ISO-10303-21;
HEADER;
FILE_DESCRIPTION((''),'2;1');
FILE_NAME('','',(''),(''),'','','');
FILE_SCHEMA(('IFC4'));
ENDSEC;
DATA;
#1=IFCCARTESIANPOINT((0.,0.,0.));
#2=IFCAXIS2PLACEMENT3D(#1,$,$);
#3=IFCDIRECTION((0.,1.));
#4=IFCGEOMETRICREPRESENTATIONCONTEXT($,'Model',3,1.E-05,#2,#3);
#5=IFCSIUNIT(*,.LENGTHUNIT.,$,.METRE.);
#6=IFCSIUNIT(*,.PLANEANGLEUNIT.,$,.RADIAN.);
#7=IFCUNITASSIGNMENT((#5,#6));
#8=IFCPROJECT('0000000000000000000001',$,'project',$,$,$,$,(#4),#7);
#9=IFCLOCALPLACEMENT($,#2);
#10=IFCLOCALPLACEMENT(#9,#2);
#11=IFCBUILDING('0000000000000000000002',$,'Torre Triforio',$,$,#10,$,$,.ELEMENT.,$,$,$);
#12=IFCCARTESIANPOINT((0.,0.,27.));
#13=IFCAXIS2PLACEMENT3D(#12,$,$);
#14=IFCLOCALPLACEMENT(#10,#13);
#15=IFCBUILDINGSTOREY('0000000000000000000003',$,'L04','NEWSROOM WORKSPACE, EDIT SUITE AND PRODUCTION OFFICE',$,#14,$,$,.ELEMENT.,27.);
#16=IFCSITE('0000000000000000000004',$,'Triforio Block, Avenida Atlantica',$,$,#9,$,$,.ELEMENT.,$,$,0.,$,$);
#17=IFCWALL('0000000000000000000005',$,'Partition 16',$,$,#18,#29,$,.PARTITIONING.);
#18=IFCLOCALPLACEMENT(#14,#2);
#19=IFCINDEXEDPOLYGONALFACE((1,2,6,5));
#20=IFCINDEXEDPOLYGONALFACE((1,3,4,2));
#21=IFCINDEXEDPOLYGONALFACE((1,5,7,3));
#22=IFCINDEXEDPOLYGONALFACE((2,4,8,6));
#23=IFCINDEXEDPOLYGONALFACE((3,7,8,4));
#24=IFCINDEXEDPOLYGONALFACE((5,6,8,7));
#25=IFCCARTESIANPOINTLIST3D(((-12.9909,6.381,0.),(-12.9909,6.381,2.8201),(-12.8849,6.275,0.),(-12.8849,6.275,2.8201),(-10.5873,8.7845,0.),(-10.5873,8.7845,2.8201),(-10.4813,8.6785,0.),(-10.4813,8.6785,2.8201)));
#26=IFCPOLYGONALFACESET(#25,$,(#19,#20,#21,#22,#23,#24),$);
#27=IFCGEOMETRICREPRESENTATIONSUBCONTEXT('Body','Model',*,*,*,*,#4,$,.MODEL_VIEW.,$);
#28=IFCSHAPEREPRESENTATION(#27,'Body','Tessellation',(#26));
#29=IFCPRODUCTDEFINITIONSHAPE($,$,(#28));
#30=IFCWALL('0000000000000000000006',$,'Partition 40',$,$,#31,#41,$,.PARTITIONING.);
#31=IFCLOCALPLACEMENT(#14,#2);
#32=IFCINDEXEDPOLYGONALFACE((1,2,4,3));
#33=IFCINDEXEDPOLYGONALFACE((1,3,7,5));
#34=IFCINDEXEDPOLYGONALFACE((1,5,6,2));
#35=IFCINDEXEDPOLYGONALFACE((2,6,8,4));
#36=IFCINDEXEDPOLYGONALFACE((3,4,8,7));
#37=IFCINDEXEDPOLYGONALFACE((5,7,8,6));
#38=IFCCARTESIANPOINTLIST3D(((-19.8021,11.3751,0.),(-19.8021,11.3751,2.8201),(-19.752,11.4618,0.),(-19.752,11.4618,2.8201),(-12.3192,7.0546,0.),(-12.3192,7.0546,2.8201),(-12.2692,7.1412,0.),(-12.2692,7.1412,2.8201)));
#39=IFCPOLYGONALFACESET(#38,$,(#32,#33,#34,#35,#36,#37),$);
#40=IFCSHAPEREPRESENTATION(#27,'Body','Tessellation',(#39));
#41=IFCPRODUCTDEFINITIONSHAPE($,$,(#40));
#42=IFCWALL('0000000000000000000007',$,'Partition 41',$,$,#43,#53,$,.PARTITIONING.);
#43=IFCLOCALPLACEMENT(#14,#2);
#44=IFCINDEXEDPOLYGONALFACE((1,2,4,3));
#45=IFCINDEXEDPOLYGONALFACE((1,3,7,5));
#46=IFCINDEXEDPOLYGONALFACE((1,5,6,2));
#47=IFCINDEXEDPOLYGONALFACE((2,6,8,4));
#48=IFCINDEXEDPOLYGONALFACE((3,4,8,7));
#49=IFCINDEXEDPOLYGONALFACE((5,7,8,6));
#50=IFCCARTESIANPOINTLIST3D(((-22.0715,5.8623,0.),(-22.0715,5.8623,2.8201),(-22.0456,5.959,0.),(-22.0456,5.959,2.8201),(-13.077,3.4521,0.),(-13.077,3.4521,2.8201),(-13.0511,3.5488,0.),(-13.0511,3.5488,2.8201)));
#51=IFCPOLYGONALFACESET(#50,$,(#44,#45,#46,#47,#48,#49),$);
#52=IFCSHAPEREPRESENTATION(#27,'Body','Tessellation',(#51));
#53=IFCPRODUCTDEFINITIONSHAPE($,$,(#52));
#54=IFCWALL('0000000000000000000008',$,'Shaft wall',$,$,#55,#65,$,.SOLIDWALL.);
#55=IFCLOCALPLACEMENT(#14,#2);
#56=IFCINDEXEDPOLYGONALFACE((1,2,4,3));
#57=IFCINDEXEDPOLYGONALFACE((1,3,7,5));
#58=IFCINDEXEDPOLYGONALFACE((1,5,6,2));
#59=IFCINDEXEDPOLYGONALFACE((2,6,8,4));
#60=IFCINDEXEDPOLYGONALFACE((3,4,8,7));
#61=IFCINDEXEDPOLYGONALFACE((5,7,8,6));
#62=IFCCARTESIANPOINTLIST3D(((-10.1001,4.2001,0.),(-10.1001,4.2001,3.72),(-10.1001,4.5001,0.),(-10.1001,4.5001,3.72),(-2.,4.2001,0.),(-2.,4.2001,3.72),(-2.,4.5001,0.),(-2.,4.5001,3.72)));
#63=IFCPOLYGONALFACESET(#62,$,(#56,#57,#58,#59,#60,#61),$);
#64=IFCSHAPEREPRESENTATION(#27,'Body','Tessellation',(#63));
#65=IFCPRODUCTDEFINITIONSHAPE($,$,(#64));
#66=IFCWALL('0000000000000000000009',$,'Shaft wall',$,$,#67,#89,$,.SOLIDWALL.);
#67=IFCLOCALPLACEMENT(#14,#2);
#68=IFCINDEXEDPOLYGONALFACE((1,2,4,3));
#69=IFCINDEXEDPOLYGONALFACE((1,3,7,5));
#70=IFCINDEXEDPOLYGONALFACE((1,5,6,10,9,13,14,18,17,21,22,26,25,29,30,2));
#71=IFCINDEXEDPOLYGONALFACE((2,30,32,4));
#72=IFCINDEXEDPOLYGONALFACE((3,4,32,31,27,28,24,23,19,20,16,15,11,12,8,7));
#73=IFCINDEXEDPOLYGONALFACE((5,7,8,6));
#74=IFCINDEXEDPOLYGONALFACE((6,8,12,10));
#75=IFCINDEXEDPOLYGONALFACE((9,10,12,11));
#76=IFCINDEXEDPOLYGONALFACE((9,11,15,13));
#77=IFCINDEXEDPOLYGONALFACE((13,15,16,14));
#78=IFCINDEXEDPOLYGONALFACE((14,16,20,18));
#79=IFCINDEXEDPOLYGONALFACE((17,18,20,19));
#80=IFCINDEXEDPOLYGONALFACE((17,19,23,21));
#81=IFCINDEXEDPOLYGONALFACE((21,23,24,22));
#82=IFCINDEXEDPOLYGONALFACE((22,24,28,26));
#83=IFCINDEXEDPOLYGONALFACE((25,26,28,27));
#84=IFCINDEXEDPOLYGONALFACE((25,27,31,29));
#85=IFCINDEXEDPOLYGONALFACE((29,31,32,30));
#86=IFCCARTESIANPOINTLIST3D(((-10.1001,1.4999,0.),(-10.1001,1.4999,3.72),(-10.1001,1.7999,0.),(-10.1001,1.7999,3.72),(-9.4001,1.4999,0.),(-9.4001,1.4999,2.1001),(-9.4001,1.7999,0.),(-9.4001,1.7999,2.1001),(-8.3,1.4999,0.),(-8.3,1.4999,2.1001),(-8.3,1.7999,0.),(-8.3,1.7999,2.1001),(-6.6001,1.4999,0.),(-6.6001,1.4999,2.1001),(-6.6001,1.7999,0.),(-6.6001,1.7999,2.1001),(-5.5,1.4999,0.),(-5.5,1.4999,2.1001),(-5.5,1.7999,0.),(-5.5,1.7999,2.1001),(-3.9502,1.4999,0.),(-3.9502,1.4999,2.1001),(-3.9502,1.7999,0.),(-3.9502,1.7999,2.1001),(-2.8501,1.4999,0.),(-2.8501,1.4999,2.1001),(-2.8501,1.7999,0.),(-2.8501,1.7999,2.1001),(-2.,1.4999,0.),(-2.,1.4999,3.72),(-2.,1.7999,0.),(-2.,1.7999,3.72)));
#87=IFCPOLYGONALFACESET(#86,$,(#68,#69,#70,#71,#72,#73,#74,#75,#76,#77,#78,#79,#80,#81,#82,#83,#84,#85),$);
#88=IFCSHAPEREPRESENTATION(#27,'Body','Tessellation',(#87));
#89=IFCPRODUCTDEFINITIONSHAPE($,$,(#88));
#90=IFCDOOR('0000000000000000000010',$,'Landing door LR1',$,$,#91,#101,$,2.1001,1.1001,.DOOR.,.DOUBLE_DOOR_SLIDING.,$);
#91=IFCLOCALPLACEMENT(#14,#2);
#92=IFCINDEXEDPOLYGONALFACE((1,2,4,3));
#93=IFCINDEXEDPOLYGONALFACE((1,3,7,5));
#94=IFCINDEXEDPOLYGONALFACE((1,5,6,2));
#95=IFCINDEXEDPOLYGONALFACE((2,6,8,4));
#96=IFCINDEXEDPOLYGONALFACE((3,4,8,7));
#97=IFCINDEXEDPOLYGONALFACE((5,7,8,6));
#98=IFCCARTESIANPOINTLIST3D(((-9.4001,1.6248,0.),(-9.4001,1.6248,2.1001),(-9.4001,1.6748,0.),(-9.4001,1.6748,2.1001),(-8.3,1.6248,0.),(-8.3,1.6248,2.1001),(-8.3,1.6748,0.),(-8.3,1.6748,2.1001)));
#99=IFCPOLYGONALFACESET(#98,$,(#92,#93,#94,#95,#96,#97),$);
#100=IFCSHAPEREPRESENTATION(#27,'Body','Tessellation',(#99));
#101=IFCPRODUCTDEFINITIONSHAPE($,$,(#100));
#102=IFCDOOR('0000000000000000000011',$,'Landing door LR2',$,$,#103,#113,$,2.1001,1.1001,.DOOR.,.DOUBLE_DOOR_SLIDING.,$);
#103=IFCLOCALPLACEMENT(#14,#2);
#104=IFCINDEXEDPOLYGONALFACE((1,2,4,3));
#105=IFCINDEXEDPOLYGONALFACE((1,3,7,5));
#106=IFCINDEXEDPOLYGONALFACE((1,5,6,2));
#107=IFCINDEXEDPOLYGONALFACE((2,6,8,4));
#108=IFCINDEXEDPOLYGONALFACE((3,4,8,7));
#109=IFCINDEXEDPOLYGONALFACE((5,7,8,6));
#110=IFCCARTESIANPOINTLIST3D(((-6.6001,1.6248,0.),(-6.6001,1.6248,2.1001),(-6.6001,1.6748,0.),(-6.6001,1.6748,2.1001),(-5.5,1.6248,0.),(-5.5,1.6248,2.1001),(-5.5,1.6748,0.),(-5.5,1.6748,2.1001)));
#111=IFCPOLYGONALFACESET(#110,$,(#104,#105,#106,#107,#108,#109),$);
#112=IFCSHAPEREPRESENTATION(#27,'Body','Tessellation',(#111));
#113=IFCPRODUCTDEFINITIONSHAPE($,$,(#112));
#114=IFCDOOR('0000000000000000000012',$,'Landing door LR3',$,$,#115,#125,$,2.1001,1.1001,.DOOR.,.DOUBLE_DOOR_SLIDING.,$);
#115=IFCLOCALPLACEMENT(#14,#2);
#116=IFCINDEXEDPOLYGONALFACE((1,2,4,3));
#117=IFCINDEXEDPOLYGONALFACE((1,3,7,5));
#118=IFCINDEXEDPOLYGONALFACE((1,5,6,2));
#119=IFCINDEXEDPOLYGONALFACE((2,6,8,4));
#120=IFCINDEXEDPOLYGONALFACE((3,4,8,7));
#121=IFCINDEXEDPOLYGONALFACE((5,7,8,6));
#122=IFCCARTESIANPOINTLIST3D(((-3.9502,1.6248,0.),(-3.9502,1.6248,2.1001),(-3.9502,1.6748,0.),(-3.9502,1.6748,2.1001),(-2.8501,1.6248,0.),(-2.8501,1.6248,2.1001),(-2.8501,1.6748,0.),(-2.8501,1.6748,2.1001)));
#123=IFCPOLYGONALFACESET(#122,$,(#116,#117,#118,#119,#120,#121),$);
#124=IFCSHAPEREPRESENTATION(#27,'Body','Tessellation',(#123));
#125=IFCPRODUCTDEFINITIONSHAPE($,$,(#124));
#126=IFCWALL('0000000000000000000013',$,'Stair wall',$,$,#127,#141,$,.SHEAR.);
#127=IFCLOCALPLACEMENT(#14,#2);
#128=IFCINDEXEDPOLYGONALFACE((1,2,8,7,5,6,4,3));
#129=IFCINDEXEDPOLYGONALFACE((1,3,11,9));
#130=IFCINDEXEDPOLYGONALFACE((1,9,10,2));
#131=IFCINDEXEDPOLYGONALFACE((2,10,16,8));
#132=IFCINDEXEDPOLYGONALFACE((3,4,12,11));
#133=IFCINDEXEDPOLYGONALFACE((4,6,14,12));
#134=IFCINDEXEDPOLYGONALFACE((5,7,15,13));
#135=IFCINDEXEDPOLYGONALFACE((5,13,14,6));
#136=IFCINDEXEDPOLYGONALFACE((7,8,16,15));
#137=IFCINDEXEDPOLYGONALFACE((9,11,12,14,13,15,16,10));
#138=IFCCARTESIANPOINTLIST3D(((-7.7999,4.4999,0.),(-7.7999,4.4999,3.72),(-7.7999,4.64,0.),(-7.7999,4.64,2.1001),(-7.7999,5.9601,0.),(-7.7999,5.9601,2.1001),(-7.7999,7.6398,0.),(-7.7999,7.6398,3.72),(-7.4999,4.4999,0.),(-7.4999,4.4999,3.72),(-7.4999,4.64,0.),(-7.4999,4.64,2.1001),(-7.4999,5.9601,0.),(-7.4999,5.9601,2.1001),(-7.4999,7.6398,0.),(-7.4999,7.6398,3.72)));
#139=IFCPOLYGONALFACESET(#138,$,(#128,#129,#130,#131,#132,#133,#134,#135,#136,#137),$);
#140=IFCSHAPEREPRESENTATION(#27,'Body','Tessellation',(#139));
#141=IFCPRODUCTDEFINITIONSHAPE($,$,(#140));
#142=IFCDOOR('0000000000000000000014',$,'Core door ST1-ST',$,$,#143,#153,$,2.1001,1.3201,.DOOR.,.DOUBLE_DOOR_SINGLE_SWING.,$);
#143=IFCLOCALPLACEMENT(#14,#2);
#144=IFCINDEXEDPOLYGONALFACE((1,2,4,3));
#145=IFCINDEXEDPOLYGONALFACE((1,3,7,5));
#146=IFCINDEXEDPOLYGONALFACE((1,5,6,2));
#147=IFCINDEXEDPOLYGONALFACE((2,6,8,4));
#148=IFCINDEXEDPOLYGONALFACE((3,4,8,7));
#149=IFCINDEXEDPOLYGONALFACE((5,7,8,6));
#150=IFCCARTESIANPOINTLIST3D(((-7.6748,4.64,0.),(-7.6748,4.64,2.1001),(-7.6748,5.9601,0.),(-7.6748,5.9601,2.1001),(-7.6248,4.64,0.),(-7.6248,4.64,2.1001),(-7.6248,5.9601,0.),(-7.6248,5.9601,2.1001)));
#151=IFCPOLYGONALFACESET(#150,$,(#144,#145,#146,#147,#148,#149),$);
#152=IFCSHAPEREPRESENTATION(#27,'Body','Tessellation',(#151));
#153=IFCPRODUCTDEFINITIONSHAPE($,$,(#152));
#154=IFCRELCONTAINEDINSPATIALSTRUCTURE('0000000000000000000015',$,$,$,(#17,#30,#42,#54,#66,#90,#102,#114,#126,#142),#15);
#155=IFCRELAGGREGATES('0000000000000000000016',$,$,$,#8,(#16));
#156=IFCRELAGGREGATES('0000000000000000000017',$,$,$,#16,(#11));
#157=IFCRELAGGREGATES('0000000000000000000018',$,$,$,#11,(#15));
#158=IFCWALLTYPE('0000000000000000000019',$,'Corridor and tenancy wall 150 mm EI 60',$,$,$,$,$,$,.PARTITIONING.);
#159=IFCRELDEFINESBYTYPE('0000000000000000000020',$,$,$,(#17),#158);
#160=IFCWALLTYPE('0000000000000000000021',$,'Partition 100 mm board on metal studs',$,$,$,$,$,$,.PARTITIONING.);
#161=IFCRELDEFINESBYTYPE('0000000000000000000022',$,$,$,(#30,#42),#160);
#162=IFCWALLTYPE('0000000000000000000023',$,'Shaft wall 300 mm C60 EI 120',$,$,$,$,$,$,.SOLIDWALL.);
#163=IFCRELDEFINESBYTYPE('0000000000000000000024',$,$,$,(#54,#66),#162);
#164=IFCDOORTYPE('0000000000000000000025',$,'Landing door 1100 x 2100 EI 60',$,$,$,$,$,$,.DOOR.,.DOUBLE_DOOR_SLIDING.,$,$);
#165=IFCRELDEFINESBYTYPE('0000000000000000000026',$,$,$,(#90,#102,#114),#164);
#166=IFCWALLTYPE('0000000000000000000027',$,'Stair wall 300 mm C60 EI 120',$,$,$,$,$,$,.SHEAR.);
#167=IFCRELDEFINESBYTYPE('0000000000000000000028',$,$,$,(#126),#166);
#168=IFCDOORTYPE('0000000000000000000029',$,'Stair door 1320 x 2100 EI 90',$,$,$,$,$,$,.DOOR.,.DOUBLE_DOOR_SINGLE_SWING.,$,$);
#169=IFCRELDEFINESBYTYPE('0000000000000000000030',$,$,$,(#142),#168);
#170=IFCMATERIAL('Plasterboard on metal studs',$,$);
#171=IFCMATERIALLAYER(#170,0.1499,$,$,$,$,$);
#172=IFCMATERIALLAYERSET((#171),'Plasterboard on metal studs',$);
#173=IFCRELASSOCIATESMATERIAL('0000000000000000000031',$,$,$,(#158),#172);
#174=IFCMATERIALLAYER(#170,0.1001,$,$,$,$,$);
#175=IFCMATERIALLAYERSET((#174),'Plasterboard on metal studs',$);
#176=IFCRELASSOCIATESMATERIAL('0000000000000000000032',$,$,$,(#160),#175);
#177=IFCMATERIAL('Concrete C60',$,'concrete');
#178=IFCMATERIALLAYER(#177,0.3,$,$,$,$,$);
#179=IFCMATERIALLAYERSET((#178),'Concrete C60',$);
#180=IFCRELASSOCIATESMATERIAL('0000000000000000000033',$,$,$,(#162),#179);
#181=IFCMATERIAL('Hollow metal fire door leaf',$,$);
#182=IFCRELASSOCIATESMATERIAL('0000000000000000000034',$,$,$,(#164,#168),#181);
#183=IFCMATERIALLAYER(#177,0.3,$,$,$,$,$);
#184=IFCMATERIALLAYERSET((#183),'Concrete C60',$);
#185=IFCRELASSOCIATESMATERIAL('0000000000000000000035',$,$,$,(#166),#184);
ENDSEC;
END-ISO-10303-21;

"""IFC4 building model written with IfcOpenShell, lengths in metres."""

from ifc_helpers import new_model, si_unit, direction, frame, frame_2d, origin, place, context, subcontext, project, spatial, rectangle, extrude, material, layer, layer_set, type_object, element, fill, save


model = new_model("IFC4")

# Units and contexts
model_context = context("Model", 3, precision=1e-05, world=origin(), true_north=direction((0.0, 1.0)))
body_context = subcontext(model_context, "Body", "Model", "MODEL_VIEW")
ifc_project = project(units=[si_unit("LENGTHUNIT", "METRE"), si_unit("PLANEANGLEUNIT", "RADIAN")], contexts=[model_context])

# Site, building, storey
site_placement = place(None, origin())
site = spatial("IfcSite", under=ifc_project, at=site_placement, Name="Triforio Block, Avenida Atlantica", CompositionType="ELEMENT", RefElevation=0.0)
building_placement = place(site_placement, origin())
building = spatial("IfcBuilding", under=site, at=building_placement, Name="Torre Triforio", CompositionType="ELEMENT")
storey_placement = place(building_placement, frame((0.0, 0.0, 27.0)))
storey = spatial("IfcBuildingStorey", under=building, at=storey_placement, Name="L04", Description="NEWSROOM WORKSPACE, EDIT SUITE AND PRODUCTION OFFICE", CompositionType="ELEMENT", Elevation=27.0)

# Shared definitions
ifc_material_1 = material(Name="Concrete C60", Category="concrete")
ifc_material_2 = material(Name="Hollow metal fire door leaf")
ifc_material_3 = material(Name="Plasterboard on metal studs")
ifc_layer_1 = layer(ifc_material_3, 0.1499)
ifc_layer_set_1 = layer_set([ifc_layer_1], Name="Plasterboard on metal studs")
wall_type_1 = type_object("IfcWallType", Name="Corridor and tenancy wall 150 mm EI 60", PredefinedType="PARTITIONING", material=ifc_layer_set_1)

# Walls
wall_1_placement = place(storey_placement, frame((-12.938, 6.3279, 0.0), z_axis=(0.0, 0.0, 1.0), x_axis=(0.707107, 0.707107, 0.0)))
element("IfcWall", 1, at=wall_1_placement, inside=storey, type_object=wall_type_1, Name="Partition 16", PredefinedType="PARTITIONING", context=body_context, shape_type="SweptSolid", body=[
    extrude(rectangle(XDim=3.3992, YDim=0.1499, at=frame_2d((1.6997, 0.0))), origin(), (0.0, 0.0, 1.0), 2.8201),
])
ifc_layer_2 = layer(ifc_material_3, 0.1001)
ifc_layer_set_2 = layer_set([ifc_layer_2], Name="Plasterboard on metal studs")
wall_type_2 = type_object("IfcWallType", Name="Partition 100 mm board on metal studs", PredefinedType="PARTITIONING", material=ifc_layer_set_2)
wall_2_placement = place(storey_placement, frame((-12.2942, 7.0979, 0.0), z_axis=(0.0, 0.0, 1.0), x_axis=(-0.866011, 0.500026, 0.0)))
element("IfcWall", 2, at=wall_2_placement, inside=storey, type_object=wall_type_2, Name="Partition 40", PredefinedType="PARTITIONING", context=body_context, shape_type="SweptSolid", body=[
    extrude(rectangle(XDim=8.6406, YDim=0.1001, at=frame_2d((4.3203, 0.0))), origin(), (0.0, 0.0, 1.0), 2.8201),
])
wall_3_placement = place(storey_placement, frame((-13.0642, 3.5005, 0.0), z_axis=(0.0, 0.0, 1.0), x_axis=(-0.965923, 0.258831, 0.0)))
element("IfcWall", 3, at=wall_3_placement, inside=storey, type_object=wall_type_2, Name="Partition 41", PredefinedType="PARTITIONING", context=body_context, shape_type="SweptSolid", body=[
    extrude(rectangle(XDim=9.3118, YDim=0.1001, at=frame_2d((4.6558, 0.0))), origin(), (0.0, 0.0, 1.0), 2.8201),
])
ifc_layer_3 = layer(ifc_material_1, 0.3)
ifc_layer_set_3 = layer_set([ifc_layer_3], Name="Concrete C60")
wall_type_3 = type_object("IfcWallType", Name="Shaft wall 300 mm C60 EI 120", PredefinedType="SOLIDWALL", material=ifc_layer_set_3)
wall_4_placement = place(storey_placement, frame((-10.1001, 4.3501, 0.0), z_axis=(0.0, 0.0, 1.0), x_axis=(1.0, 0.0, 0.0)))
element("IfcWall", 4, at=wall_4_placement, inside=storey, type_object=wall_type_3, Name="Shaft wall", PredefinedType="SOLIDWALL", context=body_context, shape_type="SweptSolid", body=[
    extrude(rectangle(XDim=8.1001, YDim=0.3, at=frame_2d((4.05, 0.0))), origin(), (0.0, 0.0, 1.0), 3.72),
])

# Wall, openings, doors
wall_5_placement = place(storey_placement, frame((-10.1001, 1.6499, 0.0), z_axis=(0.0, 0.0, 1.0), x_axis=(1.0, 0.0, 0.0)))
wall_5 = element("IfcWall", 5, at=wall_5_placement, inside=storey, type_object=wall_type_3, Name="Shaft wall", PredefinedType="SOLIDWALL", context=body_context, shape_type="SweptSolid", body=[
    extrude(rectangle(XDim=8.1001, YDim=0.3, at=frame_2d((4.05, 0.0))), origin(), (0.0, 0.0, 1.0), 3.72),
])
opening_1_placement = place(wall_5_placement, frame((0.7, 0.0, 0.0)))
opening_1 = element("IfcOpeningElement", 6, at=opening_1_placement, cuts=wall_5, PredefinedType="OPENING", context=body_context, shape_type="SweptSolid", body=[
    extrude(rectangle(XDim=1.1001, YDim=2.1001, at=frame_2d((0.55, 1.05))), frame((0.0, 0.1599, 0.0), z_axis=(0.0, -1.0, 0.0), x_axis=(1.0, 0.0, 0.0)), (0.0, 0.0, 1.0), 0.3201),
])
opening_2_placement = place(wall_5_placement, frame((3.5, 0.0, 0.0)))
opening_2 = element("IfcOpeningElement", 7, at=opening_2_placement, cuts=wall_5, PredefinedType="OPENING", context=body_context, shape_type="SweptSolid", body=[
    extrude(rectangle(XDim=1.1001, YDim=2.1001, at=frame_2d((0.55, 1.05))), frame((0.0, 0.1599, 0.0), z_axis=(0.0, -1.0, 0.0), x_axis=(1.0, 0.0, 0.0)), (0.0, 0.0, 1.0), 0.3201),
])
opening_3_placement = place(wall_5_placement, frame((6.1499, 0.0, 0.0)))
opening_3 = element("IfcOpeningElement", 8, at=opening_3_placement, cuts=wall_5, PredefinedType="OPENING", context=body_context, shape_type="SweptSolid", body=[
    extrude(rectangle(XDim=1.1001, YDim=2.1001, at=frame_2d((0.55, 1.05))), frame((0.0, 0.1599, 0.0), z_axis=(0.0, -1.0, 0.0), x_axis=(1.0, 0.0, 0.0)), (0.0, 0.0, 1.0), 0.3201),
])
door_type_1 = type_object("IfcDoorType", Name="Landing door 1100 x 2100 EI 60", OperationType="DOUBLE_DOOR_SLIDING", PredefinedType="DOOR", material=ifc_material_2)
door_1_placement = place(opening_1_placement, origin())
door_1 = element("IfcDoor", 9, at=door_1_placement, inside=storey, type_object=door_type_1, Name="Landing door LR1", OperationType="DOUBLE_DOOR_SLIDING", OverallHeight=2.1001, OverallWidth=1.1001, PredefinedType="DOOR", context=body_context, shape_type="SweptSolid", body=[
    extrude(rectangle(XDim=1.1001, YDim=2.1001, at=frame_2d((0.55, 1.05))), frame((0.0, 0.0249, 0.0), z_axis=(0.0, -1.0, 0.0), x_axis=(1.0, 0.0, 0.0)), (0.0, 0.0, 1.0), 0.05),
])
fill(opening_1, door_1)
door_2_placement = place(opening_2_placement, origin())
door_2 = element("IfcDoor", 10, at=door_2_placement, inside=storey, type_object=door_type_1, Name="Landing door LR2", OperationType="DOUBLE_DOOR_SLIDING", OverallHeight=2.1001, OverallWidth=1.1001, PredefinedType="DOOR", context=body_context, shape_type="SweptSolid", body=[
    extrude(rectangle(XDim=1.1001, YDim=2.1001, at=frame_2d((0.55, 1.05))), frame((0.0, 0.0249, 0.0), z_axis=(0.0, -1.0, 0.0), x_axis=(1.0, 0.0, 0.0)), (0.0, 0.0, 1.0), 0.05),
])
fill(opening_2, door_2)
door_3_placement = place(opening_3_placement, origin())
door_3 = element("IfcDoor", 11, at=door_3_placement, inside=storey, type_object=door_type_1, Name="Landing door LR3", OperationType="DOUBLE_DOOR_SLIDING", OverallHeight=2.1001, OverallWidth=1.1001, PredefinedType="DOOR", context=body_context, shape_type="SweptSolid", body=[
    extrude(rectangle(XDim=1.1001, YDim=2.1001, at=frame_2d((0.55, 1.05))), frame((0.0, 0.0249, 0.0), z_axis=(0.0, -1.0, 0.0), x_axis=(1.0, 0.0, 0.0)), (0.0, 0.0, 1.0), 0.05),
])
fill(opening_3, door_3)

# Wall, opening, door
ifc_layer_4 = layer(ifc_material_1, 0.3)
ifc_layer_set_4 = layer_set([ifc_layer_4], Name="Concrete C60")
wall_type_4 = type_object("IfcWallType", Name="Stair wall 300 mm C60 EI 120", PredefinedType="SHEAR", material=ifc_layer_set_4)
wall_6_placement = place(storey_placement, frame((-7.6499, 4.5, 0.0), z_axis=(0.0, 0.0, 1.0), x_axis=(0.0, 1.0, 0.0)))
wall_6 = element("IfcWall", 12, at=wall_6_placement, inside=storey, type_object=wall_type_4, Name="Stair wall", PredefinedType="SHEAR", context=body_context, shape_type="SweptSolid", body=[
    extrude(rectangle(XDim=3.1399, YDim=0.3, at=frame_2d((1.5698, 0.0))), origin(), (0.0, 0.0, 1.0), 3.72),
])
opening_4_placement = place(wall_6_placement, frame((0.1399, 0.0, 0.0)))
opening_4 = element("IfcOpeningElement", 13, at=opening_4_placement, cuts=wall_6, PredefinedType="OPENING", context=body_context, shape_type="SweptSolid", body=[
    extrude(rectangle(XDim=1.3201, YDim=2.1001, at=frame_2d((0.6602, 1.05))), frame((0.0, 0.1599, 0.0), z_axis=(0.0, -1.0, 0.0), x_axis=(1.0, 0.0, 0.0)), (0.0, 0.0, 1.0), 0.3201),
])
door_type_2 = type_object("IfcDoorType", Name="Stair door 1320 x 2100 EI 90", OperationType="DOUBLE_DOOR_SINGLE_SWING", PredefinedType="DOOR", material=ifc_material_2)
door_4_placement = place(opening_4_placement, origin())
door_4 = element("IfcDoor", 14, at=door_4_placement, inside=storey, type_object=door_type_2, Name="Core door ST1-ST", OperationType="DOUBLE_DOOR_SINGLE_SWING", OverallHeight=2.1001, OverallWidth=1.3201, PredefinedType="DOOR", context=body_context, shape_type="SweptSolid", body=[
    extrude(rectangle(XDim=1.3201, YDim=2.1001, at=frame_2d((0.6602, 1.05))), frame((0.0, 0.0249, 0.0), z_axis=(0.0, -1.0, 0.0), x_axis=(1.0, 0.0, 0.0)), (0.0, 0.0, 1.0), 0.05),
])
fill(opening_4, door_4)

save(model, "model.ifc")
